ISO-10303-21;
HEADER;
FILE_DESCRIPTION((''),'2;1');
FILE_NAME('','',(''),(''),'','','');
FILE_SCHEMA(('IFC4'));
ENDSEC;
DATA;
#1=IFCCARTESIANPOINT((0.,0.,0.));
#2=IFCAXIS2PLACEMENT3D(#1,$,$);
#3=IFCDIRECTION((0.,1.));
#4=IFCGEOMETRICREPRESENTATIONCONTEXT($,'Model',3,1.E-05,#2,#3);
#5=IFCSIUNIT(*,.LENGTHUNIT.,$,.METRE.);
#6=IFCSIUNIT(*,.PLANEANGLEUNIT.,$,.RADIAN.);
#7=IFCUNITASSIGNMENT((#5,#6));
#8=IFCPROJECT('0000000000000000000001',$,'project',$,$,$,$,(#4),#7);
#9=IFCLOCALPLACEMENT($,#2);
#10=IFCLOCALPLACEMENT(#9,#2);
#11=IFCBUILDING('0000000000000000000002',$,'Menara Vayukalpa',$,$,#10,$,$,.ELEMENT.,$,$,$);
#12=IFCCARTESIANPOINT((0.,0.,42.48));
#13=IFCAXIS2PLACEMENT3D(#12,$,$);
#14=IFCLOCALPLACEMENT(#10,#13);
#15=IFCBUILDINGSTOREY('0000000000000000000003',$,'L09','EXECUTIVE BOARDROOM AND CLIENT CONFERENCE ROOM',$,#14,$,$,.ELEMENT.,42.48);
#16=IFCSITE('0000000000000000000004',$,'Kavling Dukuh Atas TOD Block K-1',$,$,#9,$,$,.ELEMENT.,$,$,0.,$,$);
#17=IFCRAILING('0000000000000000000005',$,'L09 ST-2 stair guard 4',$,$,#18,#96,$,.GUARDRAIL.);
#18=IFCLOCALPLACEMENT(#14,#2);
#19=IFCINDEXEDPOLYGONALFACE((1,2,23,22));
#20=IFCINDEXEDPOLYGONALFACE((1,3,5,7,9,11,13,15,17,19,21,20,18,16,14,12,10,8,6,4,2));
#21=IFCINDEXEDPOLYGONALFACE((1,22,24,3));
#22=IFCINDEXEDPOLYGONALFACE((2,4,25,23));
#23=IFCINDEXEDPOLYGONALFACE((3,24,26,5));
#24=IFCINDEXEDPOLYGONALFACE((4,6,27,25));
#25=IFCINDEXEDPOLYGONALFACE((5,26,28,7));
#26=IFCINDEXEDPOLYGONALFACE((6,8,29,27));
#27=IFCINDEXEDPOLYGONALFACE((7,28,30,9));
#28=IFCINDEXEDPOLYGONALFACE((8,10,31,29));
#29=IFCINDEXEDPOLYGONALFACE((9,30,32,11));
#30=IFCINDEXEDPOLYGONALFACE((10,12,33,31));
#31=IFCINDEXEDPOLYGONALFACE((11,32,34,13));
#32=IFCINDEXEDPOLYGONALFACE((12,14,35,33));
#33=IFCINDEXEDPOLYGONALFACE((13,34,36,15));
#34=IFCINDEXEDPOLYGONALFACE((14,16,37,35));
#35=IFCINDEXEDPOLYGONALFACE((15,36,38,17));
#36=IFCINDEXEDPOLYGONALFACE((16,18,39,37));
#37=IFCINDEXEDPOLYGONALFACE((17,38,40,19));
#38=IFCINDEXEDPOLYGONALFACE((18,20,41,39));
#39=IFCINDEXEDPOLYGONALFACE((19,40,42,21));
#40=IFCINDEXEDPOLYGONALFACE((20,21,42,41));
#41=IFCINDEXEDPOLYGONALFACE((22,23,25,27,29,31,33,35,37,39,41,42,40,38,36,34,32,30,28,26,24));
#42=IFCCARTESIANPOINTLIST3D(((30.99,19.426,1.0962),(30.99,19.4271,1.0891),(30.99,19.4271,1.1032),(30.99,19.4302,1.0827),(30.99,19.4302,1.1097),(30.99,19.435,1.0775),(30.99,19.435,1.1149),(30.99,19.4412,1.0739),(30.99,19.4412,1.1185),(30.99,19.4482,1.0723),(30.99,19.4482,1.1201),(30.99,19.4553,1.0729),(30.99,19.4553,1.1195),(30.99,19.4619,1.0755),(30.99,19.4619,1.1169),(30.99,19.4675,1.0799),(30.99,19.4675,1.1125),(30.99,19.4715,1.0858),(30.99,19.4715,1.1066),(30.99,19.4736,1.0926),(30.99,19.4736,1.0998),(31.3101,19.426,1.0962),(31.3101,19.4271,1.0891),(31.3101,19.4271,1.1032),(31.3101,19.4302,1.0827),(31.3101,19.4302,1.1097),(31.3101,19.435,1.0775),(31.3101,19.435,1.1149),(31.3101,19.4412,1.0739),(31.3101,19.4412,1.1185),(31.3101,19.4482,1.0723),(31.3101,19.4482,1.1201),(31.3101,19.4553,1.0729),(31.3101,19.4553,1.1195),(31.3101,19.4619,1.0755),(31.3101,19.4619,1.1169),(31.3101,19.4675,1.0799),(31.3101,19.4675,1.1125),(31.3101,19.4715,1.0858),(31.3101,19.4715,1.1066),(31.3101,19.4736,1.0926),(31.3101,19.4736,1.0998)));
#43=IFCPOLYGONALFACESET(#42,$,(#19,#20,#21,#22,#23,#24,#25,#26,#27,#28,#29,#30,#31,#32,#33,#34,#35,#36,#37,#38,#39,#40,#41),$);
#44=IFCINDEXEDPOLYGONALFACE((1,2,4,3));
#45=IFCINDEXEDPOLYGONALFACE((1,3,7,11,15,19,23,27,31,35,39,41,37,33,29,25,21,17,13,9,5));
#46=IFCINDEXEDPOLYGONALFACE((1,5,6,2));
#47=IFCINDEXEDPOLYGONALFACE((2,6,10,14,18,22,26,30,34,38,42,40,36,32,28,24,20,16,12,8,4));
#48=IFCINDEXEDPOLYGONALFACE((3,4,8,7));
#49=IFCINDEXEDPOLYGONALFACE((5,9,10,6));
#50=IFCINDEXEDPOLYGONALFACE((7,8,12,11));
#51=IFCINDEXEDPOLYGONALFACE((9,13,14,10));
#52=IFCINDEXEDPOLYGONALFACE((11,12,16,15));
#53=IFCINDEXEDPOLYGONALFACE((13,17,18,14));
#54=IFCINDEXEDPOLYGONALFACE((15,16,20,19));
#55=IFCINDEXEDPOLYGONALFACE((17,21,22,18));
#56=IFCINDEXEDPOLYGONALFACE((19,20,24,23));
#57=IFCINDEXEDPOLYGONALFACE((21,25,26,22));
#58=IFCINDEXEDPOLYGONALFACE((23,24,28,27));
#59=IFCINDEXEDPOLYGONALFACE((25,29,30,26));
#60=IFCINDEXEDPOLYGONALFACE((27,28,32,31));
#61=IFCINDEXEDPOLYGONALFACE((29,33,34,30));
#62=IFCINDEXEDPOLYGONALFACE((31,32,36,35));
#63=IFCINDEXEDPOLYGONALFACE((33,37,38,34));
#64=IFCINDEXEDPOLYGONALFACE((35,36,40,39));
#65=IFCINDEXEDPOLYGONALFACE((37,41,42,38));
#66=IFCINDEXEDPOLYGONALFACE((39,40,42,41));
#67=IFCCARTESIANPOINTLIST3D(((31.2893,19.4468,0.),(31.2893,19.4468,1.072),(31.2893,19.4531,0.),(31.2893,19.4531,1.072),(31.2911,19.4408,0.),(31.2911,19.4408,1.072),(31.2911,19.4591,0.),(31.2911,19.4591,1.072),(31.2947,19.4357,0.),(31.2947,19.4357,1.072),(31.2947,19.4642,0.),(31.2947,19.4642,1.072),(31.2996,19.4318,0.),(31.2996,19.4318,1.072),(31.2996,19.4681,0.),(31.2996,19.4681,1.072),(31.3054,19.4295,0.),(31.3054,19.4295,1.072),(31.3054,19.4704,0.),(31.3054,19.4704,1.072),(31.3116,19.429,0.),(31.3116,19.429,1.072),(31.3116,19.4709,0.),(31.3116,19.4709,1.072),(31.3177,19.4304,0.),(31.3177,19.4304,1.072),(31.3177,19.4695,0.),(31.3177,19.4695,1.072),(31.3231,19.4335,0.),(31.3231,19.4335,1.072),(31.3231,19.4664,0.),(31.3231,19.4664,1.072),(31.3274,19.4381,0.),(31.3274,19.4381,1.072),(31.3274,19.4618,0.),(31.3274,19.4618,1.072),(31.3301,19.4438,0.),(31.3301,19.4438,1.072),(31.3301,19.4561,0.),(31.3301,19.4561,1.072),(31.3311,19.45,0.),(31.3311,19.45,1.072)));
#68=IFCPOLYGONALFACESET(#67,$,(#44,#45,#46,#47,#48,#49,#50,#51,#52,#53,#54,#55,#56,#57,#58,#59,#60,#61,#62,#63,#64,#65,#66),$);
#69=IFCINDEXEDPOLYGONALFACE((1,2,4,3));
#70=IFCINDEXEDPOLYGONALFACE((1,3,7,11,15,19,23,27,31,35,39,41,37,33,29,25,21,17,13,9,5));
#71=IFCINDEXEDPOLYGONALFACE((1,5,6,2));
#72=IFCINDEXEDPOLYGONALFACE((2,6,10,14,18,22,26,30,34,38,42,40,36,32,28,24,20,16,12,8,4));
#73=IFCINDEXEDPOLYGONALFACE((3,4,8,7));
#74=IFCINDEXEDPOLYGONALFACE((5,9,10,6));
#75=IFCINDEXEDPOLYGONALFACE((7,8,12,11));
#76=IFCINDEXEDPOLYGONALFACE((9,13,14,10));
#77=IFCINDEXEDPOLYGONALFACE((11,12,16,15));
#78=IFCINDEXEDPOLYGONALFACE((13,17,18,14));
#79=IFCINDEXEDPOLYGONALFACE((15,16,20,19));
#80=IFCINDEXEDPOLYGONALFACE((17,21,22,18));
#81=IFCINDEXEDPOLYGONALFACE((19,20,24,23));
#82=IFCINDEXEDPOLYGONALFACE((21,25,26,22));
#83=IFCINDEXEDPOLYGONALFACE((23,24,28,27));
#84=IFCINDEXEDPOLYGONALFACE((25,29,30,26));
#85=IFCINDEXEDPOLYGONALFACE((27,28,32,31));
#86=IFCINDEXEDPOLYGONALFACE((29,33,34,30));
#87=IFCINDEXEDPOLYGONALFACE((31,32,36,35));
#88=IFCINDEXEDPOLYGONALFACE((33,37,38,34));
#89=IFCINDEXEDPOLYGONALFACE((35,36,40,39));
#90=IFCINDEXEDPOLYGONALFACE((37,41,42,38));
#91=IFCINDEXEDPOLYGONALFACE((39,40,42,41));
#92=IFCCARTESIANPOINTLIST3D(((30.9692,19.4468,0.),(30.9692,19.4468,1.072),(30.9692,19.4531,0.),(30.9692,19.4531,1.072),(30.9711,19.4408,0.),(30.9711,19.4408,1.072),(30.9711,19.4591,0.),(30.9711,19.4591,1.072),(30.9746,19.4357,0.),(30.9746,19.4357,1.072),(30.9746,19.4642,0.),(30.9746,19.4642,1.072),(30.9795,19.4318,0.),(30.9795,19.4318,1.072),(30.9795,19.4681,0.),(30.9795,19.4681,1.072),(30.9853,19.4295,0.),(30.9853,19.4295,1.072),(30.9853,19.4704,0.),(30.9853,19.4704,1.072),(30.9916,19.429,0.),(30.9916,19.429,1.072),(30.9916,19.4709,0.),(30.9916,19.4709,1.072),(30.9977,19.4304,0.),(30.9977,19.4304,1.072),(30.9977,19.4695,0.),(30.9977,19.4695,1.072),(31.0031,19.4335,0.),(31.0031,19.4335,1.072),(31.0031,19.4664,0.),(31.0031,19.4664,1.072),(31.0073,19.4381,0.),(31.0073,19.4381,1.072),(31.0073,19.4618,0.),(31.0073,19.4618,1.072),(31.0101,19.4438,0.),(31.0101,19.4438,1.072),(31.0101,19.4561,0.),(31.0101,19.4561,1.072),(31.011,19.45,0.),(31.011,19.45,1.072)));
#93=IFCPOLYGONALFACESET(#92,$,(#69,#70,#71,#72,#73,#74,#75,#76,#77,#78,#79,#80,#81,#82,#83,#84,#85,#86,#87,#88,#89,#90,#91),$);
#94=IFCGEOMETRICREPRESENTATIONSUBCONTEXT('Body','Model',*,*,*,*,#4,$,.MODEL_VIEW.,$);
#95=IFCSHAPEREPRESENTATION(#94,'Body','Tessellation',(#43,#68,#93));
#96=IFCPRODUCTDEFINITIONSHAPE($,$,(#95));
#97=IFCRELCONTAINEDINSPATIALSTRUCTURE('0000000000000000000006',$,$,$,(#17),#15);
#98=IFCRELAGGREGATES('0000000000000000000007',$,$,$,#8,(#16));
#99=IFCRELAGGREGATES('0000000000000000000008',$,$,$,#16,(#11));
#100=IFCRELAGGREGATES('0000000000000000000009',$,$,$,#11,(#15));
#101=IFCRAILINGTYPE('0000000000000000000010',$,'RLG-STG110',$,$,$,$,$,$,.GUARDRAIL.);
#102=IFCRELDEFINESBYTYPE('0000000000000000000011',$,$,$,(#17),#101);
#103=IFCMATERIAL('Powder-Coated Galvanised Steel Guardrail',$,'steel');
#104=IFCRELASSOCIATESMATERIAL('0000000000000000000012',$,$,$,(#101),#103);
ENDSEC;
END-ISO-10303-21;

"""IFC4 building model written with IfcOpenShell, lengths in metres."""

from ifc_helpers import new_model, si_unit, direction, frame, origin, origin_2d, place, context, subcontext, project, spatial, circle, extrude, material, type_object, element, save


model = new_model("IFC4")

# Units and contexts
model_context = context("Model", 3, precision=1e-05, world=origin(), true_north=direction((0.0, 1.0)))
body_context = subcontext(model_context, "Body", "Model", "MODEL_VIEW")
ifc_project = project(units=[si_unit("LENGTHUNIT", "METRE"), si_unit("PLANEANGLEUNIT", "RADIAN")], contexts=[model_context])

# Site, building, storey
site_placement = place(None, origin())
site = spatial("IfcSite", under=ifc_project, at=site_placement, Name="Kavling Dukuh Atas TOD Block K-1", CompositionType="ELEMENT", RefElevation=0.0)
building_placement = place(site_placement, origin())
building = spatial("IfcBuilding", under=site, at=building_placement, Name="Menara Vayukalpa", CompositionType="ELEMENT")
storey_placement = place(building_placement, frame((0.0, 0.0, 42.48)))
storey = spatial("IfcBuildingStorey", under=building, at=storey_placement, Name="L09", Description="EXECUTIVE BOARDROOM AND CLIENT CONFERENCE ROOM", CompositionType="ELEMENT", Elevation=42.48)

# Railing
ifc_material_1 = material(Name="Powder-Coated Galvanised Steel Guardrail", Category="steel")
railing_type_1 = type_object("IfcRailingType", Name="RLG-STG110", PredefinedType="GUARDRAIL", material=ifc_material_1)
railing_1_placement = place(storey_placement, frame((31.3101, 19.45, 0.0)))
element("IfcRailing", 1, at=railing_1_placement, inside=storey, type_object=railing_type_1, Name="L09 ST-2 stair guard 4", PredefinedType="GUARDRAIL", context=body_context, shape_type="SweptSolid", body=[
    extrude(circle(Radius=0.0239, at=origin_2d()), frame((0.0, 0.0, 1.0962), z_axis=(-1.0, 0.0, 0.0), x_axis=(0.0, -1.0, 0.0)), (0.0, 0.0, 1.0), 0.3201),
    extrude(circle(Radius=0.021, at=origin_2d()), origin(), (0.0, 0.0, 1.0), 1.072),
    extrude(circle(Radius=0.021, at=origin_2d()), frame((-0.3201, 0.0, 0.0)), (0.0, 0.0, 1.0), 1.072),
])

save(model, "model.ifc")
